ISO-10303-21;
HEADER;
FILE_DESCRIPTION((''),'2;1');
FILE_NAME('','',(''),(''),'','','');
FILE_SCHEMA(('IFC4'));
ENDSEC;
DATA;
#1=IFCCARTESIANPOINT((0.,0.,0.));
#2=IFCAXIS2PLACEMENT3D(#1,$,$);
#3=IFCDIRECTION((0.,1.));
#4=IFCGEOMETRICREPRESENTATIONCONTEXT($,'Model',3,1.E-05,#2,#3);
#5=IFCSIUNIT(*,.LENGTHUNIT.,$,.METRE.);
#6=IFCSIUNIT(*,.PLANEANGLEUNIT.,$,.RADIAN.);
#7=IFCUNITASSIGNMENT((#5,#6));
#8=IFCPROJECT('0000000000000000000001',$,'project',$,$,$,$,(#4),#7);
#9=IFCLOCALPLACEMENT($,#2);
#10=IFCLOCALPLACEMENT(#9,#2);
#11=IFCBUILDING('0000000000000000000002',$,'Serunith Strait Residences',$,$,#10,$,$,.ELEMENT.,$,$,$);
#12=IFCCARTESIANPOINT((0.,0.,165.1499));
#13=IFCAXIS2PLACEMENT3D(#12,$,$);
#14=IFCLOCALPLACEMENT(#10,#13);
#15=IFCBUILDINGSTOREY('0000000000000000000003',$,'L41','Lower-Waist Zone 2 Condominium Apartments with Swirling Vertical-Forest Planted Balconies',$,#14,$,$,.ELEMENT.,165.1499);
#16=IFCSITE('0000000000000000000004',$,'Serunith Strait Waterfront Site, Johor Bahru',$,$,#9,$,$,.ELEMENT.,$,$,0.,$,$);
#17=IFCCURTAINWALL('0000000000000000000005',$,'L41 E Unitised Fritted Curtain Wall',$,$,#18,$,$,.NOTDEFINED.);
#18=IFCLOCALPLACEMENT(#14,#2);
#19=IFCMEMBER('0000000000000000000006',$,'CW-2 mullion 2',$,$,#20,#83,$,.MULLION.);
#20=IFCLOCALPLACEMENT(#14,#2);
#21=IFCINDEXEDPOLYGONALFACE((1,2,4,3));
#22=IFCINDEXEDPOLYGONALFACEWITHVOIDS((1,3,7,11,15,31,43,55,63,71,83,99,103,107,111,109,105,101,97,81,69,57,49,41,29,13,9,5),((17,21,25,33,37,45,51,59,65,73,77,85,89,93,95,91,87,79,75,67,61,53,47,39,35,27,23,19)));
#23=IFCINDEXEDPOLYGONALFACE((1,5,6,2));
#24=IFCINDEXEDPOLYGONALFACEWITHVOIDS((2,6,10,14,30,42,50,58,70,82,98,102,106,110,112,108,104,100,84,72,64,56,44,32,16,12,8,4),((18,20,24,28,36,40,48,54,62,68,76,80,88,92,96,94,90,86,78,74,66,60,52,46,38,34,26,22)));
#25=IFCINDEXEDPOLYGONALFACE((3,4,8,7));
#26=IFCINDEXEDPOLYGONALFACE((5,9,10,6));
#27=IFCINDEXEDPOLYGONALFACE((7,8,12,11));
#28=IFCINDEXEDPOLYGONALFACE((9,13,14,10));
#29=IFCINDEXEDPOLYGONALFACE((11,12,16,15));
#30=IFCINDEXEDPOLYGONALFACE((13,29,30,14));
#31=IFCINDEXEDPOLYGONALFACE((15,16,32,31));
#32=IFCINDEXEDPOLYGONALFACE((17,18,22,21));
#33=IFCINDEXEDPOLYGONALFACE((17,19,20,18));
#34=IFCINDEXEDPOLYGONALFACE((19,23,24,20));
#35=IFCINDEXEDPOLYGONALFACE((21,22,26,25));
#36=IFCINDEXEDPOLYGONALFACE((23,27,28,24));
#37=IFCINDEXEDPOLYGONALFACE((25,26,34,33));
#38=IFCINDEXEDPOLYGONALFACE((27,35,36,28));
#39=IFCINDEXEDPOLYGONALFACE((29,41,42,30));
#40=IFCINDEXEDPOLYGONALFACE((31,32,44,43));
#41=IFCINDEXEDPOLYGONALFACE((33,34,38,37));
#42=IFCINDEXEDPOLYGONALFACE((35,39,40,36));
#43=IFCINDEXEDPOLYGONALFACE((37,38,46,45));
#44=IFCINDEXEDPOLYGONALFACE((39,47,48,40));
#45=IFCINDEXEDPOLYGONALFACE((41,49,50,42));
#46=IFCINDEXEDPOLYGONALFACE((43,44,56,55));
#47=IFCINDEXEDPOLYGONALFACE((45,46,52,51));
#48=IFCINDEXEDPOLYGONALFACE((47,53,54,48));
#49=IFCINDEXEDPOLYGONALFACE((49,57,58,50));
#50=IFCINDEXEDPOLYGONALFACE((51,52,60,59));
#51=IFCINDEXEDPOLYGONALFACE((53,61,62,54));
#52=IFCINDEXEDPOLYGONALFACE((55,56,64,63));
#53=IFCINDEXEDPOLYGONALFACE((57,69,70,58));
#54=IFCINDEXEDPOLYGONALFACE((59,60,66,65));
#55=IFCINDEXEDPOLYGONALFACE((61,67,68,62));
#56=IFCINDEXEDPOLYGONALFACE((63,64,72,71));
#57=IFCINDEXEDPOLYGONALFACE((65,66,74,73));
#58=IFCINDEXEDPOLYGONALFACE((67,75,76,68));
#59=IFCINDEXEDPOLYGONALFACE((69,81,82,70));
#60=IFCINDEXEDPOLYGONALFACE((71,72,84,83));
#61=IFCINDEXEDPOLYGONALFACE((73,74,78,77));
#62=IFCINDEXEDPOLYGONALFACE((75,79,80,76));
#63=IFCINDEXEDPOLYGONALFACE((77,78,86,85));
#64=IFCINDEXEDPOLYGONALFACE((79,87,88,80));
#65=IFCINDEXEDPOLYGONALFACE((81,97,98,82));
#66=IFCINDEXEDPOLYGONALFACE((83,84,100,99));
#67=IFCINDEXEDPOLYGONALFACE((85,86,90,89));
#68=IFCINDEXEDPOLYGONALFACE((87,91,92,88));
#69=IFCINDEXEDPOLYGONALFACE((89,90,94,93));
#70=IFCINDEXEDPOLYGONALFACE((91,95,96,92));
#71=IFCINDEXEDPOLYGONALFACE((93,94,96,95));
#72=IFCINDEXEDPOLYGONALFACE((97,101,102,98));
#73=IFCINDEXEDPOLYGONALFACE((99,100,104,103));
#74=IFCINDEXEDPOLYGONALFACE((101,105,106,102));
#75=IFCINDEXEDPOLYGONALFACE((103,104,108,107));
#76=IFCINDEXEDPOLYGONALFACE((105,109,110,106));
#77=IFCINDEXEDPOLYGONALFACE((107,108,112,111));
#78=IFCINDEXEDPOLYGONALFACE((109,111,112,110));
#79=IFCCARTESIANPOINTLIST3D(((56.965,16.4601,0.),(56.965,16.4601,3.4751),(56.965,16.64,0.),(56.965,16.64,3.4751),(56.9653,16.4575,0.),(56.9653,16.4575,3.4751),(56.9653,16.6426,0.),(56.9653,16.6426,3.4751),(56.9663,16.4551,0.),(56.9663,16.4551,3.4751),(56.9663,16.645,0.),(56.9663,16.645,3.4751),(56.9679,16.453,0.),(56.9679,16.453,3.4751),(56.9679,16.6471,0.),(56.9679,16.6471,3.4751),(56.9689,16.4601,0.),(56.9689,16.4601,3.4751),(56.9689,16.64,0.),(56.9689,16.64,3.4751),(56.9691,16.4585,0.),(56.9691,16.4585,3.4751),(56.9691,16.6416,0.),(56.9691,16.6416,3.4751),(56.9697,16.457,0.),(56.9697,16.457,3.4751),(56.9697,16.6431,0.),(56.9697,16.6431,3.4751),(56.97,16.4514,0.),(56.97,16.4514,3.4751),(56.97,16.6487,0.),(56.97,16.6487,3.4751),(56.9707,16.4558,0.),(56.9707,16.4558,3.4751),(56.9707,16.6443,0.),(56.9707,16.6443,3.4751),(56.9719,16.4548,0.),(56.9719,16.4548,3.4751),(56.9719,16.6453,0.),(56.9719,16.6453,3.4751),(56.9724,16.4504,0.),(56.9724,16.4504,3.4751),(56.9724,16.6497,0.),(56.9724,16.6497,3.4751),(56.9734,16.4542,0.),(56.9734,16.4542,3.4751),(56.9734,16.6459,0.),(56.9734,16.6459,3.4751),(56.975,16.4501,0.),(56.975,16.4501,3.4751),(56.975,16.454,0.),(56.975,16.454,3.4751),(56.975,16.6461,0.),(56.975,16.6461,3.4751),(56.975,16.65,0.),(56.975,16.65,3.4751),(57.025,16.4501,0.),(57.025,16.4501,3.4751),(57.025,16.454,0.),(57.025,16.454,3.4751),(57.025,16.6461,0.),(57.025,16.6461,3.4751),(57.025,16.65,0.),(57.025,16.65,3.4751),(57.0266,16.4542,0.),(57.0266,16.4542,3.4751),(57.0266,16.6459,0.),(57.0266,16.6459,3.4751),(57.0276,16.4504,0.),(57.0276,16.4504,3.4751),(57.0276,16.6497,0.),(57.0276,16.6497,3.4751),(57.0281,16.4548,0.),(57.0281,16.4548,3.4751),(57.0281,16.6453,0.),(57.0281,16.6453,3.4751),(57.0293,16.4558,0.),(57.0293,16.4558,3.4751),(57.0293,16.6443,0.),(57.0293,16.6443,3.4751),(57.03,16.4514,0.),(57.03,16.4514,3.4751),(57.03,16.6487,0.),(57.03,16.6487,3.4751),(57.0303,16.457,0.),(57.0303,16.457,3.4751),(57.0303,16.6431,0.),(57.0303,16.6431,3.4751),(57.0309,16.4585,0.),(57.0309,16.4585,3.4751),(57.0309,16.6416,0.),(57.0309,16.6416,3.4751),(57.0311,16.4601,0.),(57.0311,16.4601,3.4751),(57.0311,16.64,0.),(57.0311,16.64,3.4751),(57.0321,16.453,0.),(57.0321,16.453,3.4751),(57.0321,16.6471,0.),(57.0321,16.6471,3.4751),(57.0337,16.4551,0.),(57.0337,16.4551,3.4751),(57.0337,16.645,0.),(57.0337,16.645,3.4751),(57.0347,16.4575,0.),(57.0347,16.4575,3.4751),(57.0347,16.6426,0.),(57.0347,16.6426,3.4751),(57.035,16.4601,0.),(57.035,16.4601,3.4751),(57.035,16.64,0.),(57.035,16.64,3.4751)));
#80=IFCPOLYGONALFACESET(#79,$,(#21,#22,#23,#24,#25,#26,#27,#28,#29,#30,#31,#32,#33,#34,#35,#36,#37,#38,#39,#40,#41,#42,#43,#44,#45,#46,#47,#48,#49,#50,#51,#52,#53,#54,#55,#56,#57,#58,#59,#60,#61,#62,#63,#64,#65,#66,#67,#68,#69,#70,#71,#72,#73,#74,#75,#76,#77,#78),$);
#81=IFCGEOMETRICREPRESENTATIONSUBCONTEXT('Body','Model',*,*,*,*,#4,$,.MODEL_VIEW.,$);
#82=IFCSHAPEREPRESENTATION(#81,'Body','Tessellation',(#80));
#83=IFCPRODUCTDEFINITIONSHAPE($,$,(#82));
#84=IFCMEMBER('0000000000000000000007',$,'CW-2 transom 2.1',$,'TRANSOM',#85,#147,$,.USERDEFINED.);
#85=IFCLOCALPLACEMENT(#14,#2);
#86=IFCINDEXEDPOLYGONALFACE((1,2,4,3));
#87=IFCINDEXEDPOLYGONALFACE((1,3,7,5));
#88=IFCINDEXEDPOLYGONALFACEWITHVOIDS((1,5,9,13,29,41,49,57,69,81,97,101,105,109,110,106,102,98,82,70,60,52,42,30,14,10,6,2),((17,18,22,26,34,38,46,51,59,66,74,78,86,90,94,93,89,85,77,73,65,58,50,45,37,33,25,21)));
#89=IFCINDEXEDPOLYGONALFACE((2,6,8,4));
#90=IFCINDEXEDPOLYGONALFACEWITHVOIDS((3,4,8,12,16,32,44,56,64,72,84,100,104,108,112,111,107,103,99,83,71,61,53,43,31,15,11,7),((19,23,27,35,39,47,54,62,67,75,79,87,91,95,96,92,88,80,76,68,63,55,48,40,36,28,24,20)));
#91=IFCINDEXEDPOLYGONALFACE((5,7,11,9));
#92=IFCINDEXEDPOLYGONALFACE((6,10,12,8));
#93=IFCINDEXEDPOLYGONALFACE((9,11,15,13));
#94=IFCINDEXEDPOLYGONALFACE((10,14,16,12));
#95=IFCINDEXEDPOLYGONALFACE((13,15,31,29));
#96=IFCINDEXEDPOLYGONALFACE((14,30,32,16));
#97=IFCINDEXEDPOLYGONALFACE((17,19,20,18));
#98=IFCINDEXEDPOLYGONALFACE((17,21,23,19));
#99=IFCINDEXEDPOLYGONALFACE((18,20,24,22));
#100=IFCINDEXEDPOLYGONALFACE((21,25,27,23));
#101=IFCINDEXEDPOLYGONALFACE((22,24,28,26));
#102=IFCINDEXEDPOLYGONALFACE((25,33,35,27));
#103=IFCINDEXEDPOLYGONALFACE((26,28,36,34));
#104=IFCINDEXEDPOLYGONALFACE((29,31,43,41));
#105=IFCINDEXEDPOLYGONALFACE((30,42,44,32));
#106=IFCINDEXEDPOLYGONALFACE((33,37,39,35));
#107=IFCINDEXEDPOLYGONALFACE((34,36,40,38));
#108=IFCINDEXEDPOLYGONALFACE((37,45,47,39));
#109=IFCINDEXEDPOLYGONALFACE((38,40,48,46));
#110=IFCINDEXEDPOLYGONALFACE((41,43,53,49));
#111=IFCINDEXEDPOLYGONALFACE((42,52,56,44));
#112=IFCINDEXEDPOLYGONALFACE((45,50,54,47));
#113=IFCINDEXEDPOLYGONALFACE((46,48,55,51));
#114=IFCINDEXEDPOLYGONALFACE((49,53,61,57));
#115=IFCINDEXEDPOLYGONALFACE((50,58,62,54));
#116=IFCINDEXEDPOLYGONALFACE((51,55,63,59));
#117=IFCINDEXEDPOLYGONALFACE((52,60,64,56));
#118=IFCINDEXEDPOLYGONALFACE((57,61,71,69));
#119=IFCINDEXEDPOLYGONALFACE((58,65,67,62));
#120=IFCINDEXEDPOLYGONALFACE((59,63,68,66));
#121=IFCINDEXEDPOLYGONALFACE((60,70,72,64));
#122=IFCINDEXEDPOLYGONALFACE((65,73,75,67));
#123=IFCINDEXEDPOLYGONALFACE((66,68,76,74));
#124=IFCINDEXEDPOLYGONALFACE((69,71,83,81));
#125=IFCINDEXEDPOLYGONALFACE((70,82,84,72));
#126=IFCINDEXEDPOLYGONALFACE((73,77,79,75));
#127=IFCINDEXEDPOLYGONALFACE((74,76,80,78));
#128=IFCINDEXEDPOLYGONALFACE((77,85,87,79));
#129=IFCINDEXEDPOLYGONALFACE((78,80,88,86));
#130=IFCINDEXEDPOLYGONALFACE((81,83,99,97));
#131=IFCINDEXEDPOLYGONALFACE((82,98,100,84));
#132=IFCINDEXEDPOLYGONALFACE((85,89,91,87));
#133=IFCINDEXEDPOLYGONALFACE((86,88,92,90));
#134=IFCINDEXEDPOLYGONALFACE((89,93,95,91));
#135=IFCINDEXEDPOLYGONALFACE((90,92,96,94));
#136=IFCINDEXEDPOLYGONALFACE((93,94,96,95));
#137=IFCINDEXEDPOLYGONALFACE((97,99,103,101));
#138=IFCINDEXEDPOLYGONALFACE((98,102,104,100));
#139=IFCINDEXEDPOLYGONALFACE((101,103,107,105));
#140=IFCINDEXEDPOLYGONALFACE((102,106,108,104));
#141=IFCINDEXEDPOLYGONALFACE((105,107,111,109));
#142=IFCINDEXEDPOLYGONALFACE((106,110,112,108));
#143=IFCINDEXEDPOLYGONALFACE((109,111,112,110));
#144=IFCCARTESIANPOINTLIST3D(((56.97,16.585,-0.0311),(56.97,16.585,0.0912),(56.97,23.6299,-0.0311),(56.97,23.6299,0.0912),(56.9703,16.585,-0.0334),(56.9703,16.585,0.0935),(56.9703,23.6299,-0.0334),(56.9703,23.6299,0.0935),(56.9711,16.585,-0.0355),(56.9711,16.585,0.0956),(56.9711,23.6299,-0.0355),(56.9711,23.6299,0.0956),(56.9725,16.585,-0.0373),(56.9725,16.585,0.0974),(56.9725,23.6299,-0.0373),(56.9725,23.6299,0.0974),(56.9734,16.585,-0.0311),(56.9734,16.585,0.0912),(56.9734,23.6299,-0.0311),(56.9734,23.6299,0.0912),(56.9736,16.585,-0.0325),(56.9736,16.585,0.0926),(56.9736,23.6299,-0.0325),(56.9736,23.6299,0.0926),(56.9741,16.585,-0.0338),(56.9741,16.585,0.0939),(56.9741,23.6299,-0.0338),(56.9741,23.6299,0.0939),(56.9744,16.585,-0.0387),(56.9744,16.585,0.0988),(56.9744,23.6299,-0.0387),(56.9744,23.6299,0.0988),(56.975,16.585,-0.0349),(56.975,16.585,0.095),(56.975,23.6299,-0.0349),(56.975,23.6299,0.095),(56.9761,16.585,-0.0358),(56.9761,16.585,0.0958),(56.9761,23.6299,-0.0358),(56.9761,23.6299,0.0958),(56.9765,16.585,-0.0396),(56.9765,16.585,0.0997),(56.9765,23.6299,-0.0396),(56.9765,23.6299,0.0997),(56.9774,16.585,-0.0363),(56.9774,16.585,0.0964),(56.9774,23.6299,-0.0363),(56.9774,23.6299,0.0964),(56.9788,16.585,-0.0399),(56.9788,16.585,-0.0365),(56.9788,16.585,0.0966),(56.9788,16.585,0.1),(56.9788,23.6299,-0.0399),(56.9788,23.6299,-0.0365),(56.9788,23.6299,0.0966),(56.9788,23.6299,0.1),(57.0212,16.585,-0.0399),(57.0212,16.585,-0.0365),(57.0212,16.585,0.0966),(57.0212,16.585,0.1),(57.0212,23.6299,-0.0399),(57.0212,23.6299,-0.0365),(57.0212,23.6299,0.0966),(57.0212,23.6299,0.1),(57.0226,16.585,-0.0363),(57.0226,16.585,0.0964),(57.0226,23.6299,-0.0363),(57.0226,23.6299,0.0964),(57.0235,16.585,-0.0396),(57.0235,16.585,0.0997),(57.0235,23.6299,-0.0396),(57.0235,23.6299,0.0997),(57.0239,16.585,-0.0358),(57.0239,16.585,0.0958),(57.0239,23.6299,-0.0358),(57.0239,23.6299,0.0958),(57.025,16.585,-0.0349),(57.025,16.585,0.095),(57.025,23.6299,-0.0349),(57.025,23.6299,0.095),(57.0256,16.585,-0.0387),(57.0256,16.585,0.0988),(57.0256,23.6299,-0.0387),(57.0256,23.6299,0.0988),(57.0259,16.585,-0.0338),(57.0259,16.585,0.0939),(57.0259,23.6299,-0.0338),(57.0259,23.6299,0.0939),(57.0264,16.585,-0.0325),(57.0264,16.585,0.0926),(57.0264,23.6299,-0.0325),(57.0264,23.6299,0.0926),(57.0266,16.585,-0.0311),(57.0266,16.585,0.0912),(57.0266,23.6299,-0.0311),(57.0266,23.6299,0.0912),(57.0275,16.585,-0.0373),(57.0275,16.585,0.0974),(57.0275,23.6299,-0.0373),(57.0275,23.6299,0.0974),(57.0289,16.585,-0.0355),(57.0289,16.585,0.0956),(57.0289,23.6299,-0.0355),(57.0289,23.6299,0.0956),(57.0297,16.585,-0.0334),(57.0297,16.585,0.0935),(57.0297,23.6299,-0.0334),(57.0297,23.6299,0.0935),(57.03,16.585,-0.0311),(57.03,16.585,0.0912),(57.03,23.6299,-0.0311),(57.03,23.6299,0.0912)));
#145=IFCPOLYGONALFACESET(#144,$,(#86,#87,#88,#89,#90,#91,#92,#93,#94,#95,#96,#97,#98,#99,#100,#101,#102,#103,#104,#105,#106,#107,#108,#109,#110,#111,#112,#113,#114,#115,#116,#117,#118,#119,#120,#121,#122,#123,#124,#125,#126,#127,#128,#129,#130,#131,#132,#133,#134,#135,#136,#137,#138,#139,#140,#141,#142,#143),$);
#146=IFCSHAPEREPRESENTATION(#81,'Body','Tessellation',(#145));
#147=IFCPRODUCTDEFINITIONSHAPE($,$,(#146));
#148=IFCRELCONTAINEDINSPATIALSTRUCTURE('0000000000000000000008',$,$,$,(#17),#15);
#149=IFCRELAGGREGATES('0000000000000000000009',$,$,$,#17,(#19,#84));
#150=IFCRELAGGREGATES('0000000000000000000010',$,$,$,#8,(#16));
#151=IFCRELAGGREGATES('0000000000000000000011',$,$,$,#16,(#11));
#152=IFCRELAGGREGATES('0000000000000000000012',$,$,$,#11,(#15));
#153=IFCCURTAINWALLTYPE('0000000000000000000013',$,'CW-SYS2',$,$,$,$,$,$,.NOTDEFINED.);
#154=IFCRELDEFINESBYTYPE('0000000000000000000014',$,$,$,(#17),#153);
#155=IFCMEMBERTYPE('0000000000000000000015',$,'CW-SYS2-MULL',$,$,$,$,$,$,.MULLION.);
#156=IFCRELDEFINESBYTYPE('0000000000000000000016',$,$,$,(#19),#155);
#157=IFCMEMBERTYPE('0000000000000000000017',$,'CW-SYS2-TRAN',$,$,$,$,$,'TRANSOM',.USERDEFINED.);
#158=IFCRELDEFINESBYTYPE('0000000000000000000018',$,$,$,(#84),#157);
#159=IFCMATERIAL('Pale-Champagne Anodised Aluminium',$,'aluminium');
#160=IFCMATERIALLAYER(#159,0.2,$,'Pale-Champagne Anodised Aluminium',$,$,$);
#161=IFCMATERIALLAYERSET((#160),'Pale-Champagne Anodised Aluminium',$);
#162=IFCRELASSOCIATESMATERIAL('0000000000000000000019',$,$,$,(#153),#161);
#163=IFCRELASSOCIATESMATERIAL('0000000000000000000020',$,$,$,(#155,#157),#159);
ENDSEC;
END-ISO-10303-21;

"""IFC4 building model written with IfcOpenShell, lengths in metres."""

from ifc_helpers import new_model, si_unit, direction, frame, origin, origin_2d, place, context, subcontext, project, spatial, hollow_rectangle, extrude, source, transform, mapped, material, layer, layer_set, material_profile, profile_set, type_object, element, aggregate, save


model = new_model("IFC4")

# Units and contexts
model_context = context("Model", 3, precision=1e-05, world=origin(), true_north=direction((0.0, 1.0)))
body_context = subcontext(model_context, "Body", "Model", "MODEL_VIEW")
ifc_project = project(units=[si_unit("LENGTHUNIT", "METRE"), si_unit("PLANEANGLEUNIT", "RADIAN")], contexts=[model_context])

# Site, building, storey
site_placement = place(None, origin())
site = spatial("IfcSite", under=ifc_project, at=site_placement, Name="Serunith Strait Waterfront Site, Johor Bahru", CompositionType="ELEMENT", RefElevation=0.0)
building_placement = place(site_placement, origin())
building = spatial("IfcBuilding", under=site, at=building_placement, Name="Serunith Strait Residences", CompositionType="ELEMENT")
storey_placement = place(building_placement, frame((0.0, 0.0, 165.1499)))
storey = spatial("IfcBuildingStorey", under=building, at=storey_placement, Name="L41", Description="Lower-Waist Zone 2 Condominium Apartments with Swirling Vertical-Forest Planted Balconies", CompositionType="ELEMENT", Elevation=165.1499)

# Curtain wall, members
ifc_material_1 = material(Name="Pale-Champagne Anodised Aluminium", Category="aluminium")
ifc_layer_1 = layer(ifc_material_1, 0.2, Name="Pale-Champagne Anodised Aluminium")
ifc_layer_set_1 = layer_set([ifc_layer_1], Name="Pale-Champagne Anodised Aluminium")
curtain_wall_type = type_object("IfcCurtainWallType", Name="CW-SYS2", PredefinedType="NOTDEFINED", material=ifc_layer_set_1)
curtain_wall_placement = place(storey_placement, origin())
curtain_wall = element("IfcCurtainWall", 1, at=curtain_wall_placement, inside=storey, type_object=curtain_wall_type, Name="L41 E Unitised Fritted Curtain Wall", PredefinedType="NOTDEFINED")
ifc_material_profile_1 = material_profile(ifc_material_1, hollow_rectangle(XDim=0.0701, YDim=0.2, WallThickness=0.0039, InnerFilletRadius=0.0061, OuterFilletRadius=0.01, at=origin_2d()), Name="ALU 200x70x4")
ifc_profile_set_1 = profile_set([ifc_material_profile_1], Name="Pale-Champagne Anodised Aluminium")
member_type_1 = type_object("IfcMemberType", Name="CW-SYS2-MULL", PredefinedType="MULLION", material=ifc_profile_set_1)
shared_shape_1 = source(origin(), body_context, "Body", "SweptSolid", [
    extrude(hollow_rectangle(XDim=0.0701, YDim=0.2, WallThickness=0.0039, InnerFilletRadius=0.0061, OuterFilletRadius=0.01, at=origin_2d()), origin(), (0.0, 0.0, 1.0), 3.4751),
])
member_1_placement = place(storey_placement, frame((57.0, 16.55, 0.0), z_axis=(0.0, 0.0, 1.0), x_axis=(-1.0, 0.0, 0.0)))
member_1 = element("IfcMember", 2, at=member_1_placement, type_object=member_type_1, Name="CW-2 mullion 2", PredefinedType="MULLION", context=body_context, shape_type="MappedRepresentation", body=[
    mapped(shared_shape_1, transform((0.0, 0.0, 0.0), scale=1.0)),
])
ifc_material_profile_2 = material_profile(ifc_material_1, hollow_rectangle(XDim=0.0601, YDim=0.1399, WallThickness=0.0034, InnerFilletRadius=0.0054, OuterFilletRadius=0.0088, at=origin_2d()), Name="ALU 140x60x3.5")
ifc_profile_set_2 = profile_set([ifc_material_profile_2], Name="Pale-Champagne Anodised Aluminium")
member_type_2 = type_object("IfcMemberType", Name="CW-SYS2-TRAN", ElementType="TRANSOM", PredefinedType="USERDEFINED", material=ifc_profile_set_2)
shared_shape_2 = source(origin(), body_context, "Body", "SweptSolid", [
    extrude(hollow_rectangle(XDim=0.0601, YDim=0.1399, WallThickness=0.0034, InnerFilletRadius=0.0054, OuterFilletRadius=0.0088, at=origin_2d()), origin(), (0.0, 0.0, 1.0), 7.0449),
])
member_2_placement = place(storey_placement, frame((57.0, 16.585, 0.03), z_axis=(0.0, 1.0, 0.0), x_axis=(-1.0, 0.0, 0.0)))
member_2 = element("IfcMember", 3, at=member_2_placement, type_object=member_type_2, Name="CW-2 transom 2.1", ObjectType="TRANSOM", PredefinedType="USERDEFINED", context=body_context, shape_type="MappedRepresentation", body=[
    mapped(shared_shape_2, transform((0.0, 0.0, 0.0), scale=1.0)),
])
aggregate(curtain_wall, [member_1, member_2])

save(model, "model.ifc")
